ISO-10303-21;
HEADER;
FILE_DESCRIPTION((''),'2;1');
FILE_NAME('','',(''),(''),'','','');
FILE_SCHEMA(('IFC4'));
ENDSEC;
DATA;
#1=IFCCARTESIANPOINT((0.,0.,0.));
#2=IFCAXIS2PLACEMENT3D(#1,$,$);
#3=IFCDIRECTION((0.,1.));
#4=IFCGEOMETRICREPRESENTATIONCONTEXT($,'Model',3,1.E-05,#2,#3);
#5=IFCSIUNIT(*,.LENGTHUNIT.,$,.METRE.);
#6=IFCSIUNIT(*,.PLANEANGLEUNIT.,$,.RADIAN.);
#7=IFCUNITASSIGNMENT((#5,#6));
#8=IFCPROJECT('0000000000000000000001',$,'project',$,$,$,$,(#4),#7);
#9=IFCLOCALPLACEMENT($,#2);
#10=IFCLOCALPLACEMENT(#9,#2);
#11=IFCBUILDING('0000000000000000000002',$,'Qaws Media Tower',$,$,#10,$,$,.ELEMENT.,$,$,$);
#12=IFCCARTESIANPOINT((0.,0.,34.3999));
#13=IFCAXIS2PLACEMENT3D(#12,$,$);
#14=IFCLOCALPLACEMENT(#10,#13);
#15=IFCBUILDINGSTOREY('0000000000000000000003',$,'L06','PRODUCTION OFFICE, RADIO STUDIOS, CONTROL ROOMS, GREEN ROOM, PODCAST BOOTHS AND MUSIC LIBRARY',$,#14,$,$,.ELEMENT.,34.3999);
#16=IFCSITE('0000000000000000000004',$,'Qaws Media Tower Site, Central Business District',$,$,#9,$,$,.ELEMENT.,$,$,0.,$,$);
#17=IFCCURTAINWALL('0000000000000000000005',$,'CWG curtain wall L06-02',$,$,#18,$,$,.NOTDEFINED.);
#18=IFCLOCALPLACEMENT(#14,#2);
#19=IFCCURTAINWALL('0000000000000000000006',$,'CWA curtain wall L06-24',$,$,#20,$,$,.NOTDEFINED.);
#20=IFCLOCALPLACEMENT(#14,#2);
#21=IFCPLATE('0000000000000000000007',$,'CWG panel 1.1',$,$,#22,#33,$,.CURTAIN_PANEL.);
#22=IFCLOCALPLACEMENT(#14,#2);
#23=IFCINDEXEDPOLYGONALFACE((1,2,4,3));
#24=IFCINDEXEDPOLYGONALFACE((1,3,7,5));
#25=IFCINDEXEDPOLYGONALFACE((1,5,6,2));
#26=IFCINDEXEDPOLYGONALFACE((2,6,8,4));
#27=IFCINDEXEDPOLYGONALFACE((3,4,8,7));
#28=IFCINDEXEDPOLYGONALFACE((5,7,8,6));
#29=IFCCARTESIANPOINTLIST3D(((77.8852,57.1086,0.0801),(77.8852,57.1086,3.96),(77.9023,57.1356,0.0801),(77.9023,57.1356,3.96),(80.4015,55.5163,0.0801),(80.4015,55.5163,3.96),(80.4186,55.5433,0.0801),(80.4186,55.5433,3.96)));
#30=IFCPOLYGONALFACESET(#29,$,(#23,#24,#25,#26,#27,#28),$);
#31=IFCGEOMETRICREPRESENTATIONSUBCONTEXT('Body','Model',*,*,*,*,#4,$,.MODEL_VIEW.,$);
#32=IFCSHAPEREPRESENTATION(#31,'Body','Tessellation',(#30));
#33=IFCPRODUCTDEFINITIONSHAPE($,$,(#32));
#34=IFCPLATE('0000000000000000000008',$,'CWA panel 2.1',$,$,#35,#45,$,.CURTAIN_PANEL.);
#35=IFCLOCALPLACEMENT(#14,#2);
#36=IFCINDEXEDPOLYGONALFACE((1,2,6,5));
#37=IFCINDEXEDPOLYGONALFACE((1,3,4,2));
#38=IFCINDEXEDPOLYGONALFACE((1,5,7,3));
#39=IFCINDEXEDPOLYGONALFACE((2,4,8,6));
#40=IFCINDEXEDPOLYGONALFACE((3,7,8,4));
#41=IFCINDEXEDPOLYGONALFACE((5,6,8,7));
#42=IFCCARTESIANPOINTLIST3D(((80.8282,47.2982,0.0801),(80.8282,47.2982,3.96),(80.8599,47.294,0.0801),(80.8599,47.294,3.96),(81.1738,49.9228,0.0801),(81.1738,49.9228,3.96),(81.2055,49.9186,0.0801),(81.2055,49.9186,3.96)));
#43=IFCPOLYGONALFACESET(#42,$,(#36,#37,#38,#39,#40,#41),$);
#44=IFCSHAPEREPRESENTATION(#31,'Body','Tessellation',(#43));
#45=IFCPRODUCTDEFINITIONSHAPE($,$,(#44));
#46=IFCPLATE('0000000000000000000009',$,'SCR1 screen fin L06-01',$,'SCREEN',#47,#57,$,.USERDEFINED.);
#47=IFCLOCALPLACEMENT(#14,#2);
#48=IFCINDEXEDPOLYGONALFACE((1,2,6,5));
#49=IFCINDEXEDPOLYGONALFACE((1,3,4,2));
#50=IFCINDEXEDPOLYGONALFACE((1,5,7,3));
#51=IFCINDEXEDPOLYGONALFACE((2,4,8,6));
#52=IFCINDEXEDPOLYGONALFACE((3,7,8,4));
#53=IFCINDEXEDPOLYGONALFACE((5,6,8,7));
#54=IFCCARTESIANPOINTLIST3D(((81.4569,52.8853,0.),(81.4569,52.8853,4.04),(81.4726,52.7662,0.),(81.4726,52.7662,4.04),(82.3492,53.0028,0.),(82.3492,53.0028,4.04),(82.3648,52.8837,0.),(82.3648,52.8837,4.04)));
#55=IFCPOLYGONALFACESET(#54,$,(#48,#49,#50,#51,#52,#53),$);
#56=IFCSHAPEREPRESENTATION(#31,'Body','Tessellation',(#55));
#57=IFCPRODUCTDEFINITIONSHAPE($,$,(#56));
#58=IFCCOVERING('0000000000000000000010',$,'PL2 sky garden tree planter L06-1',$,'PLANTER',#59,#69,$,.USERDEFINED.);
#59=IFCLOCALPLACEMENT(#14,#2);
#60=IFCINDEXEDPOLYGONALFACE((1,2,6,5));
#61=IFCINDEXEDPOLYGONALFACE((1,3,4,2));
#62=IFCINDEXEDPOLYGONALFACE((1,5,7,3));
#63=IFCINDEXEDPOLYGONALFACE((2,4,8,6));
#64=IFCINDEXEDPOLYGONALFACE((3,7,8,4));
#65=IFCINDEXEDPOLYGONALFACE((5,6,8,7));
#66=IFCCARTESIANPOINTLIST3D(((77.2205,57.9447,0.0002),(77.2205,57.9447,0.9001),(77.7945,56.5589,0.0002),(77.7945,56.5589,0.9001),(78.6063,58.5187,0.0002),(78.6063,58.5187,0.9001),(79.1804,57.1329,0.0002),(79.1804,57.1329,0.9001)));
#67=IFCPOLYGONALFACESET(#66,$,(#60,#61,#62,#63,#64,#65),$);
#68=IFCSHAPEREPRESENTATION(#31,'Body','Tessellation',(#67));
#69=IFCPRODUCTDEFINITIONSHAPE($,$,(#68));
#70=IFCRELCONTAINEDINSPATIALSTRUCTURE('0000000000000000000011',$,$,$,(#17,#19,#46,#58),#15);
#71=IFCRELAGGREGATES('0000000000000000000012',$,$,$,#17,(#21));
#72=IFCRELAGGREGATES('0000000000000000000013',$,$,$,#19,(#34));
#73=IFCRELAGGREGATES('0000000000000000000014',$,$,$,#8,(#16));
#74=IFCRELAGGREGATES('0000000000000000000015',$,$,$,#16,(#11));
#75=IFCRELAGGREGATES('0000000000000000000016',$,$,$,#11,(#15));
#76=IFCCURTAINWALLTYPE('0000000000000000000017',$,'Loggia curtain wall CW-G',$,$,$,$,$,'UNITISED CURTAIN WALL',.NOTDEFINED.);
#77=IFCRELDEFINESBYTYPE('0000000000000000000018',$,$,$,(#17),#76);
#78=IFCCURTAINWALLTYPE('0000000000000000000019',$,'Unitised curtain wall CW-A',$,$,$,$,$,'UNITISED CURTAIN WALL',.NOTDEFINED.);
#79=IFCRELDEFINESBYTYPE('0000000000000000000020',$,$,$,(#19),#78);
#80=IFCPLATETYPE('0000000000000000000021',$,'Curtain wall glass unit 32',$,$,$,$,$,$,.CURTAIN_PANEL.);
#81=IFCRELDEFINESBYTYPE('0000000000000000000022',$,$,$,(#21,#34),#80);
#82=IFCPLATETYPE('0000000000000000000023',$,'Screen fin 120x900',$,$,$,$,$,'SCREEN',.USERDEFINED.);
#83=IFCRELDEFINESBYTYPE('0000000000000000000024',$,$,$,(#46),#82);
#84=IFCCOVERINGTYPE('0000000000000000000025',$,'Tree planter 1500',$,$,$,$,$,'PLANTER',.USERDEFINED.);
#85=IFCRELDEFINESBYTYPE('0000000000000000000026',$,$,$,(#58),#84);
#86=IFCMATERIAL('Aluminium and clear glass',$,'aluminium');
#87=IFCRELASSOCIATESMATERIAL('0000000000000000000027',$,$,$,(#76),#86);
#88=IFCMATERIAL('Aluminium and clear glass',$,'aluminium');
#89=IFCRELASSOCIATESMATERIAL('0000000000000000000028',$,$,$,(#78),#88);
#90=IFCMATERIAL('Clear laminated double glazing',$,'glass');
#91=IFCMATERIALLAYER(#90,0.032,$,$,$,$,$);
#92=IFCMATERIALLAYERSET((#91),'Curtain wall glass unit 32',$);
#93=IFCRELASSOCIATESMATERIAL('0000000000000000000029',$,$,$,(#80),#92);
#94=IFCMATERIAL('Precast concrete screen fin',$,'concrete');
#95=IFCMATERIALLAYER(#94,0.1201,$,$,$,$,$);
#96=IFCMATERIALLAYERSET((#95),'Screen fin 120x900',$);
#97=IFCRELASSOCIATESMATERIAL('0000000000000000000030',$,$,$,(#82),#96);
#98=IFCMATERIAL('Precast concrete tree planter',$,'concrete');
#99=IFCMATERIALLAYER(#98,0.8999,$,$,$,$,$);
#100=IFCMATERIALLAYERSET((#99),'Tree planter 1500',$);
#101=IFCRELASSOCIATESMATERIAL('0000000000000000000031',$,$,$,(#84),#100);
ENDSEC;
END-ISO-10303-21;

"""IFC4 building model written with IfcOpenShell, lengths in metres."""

from ifc_helpers import new_model, si_unit, direction, frame, origin, origin_2d, place, context, subcontext, project, spatial, rectangle, extrude, material, layer, layer_set, type_object, element, aggregate, save


model = new_model("IFC4")

# Units and contexts
model_context = context("Model", 3, precision=1e-05, world=origin(), true_north=direction((0.0, 1.0)))
body_context = subcontext(model_context, "Body", "Model", "MODEL_VIEW")
ifc_project = project(units=[si_unit("LENGTHUNIT", "METRE"), si_unit("PLANEANGLEUNIT", "RADIAN")], contexts=[model_context])

# Site, building, storey
site_placement = place(None, origin())
site = spatial("IfcSite", under=ifc_project, at=site_placement, Name="Qaws Media Tower Site, Central Business District", CompositionType="ELEMENT", RefElevation=0.0)
building_placement = place(site_placement, origin())
building = spatial("IfcBuilding", under=site, at=building_placement, Name="Qaws Media Tower", CompositionType="ELEMENT")
storey_placement = place(building_placement, frame((0.0, 0.0, 34.3999)))
storey = spatial("IfcBuildingStorey", under=building, at=storey_placement, Name="L06", Description="PRODUCTION OFFICE, RADIO STUDIOS, CONTROL ROOMS, GREEN ROOM, PODCAST BOOTHS AND MUSIC LIBRARY", CompositionType="ELEMENT", Elevation=34.3999)

# Curtain wall
ifc_material_1 = material(Name="Aluminium and clear glass", Category="aluminium")
curtain_wall_type_1 = type_object("IfcCurtainWallType", Name="Loggia curtain wall CW-G", ElementType="UNITISED CURTAIN WALL", PredefinedType="NOTDEFINED", material=ifc_material_1)
curtain_wall_1_placement = place(storey_placement, origin())
curtain_wall_1 = element("IfcCurtainWall", 1, at=curtain_wall_1_placement, inside=storey, type_object=curtain_wall_type_1, Name="CWG curtain wall L06-02", PredefinedType="NOTDEFINED")

# Curtain wall
ifc_material_2 = material(Name="Aluminium and clear glass", Category="aluminium")
curtain_wall_type_2 = type_object("IfcCurtainWallType", Name="Unitised curtain wall CW-A", ElementType="UNITISED CURTAIN WALL", PredefinedType="NOTDEFINED", material=ifc_material_2)
curtain_wall_2_placement = place(storey_placement, origin())
curtain_wall_2 = element("IfcCurtainWall", 2, at=curtain_wall_2_placement, inside=storey, type_object=curtain_wall_type_2, Name="CWA curtain wall L06-24", PredefinedType="NOTDEFINED")

# Plates
ifc_material_3 = material(Name="Clear laminated double glazing", Category="glass")
ifc_layer_1 = layer(ifc_material_3, 0.032)
ifc_layer_set_1 = layer_set([ifc_layer_1], Name="Curtain wall glass unit 32")
plate_type_1 = type_object("IfcPlateType", Name="Curtain wall glass unit 32", PredefinedType="CURTAIN_PANEL", material=ifc_layer_set_1)
plate_1_placement = place(storey_placement, frame((79.1519, 56.3259, 0.0801), z_axis=(0.0, 0.0, 1.0), x_axis=(-0.845026, 0.534726, 0.0)))
plate_1 = element("IfcPlate", 3, at=plate_1_placement, type_object=plate_type_1, Name="CWG panel 1.1", PredefinedType="CURTAIN_PANEL", context=body_context, shape_type="SweptSolid", body=[
    extrude(rectangle(XDim=2.9778, YDim=0.032, at=origin_2d()), origin(), (0.0, 0.0, 1.0), 3.8799),
])
aggregate(curtain_wall_1, [plate_1])
plate_2_placement = place(storey_placement, frame((81.0168, 48.6084, 0.0801), z_axis=(0.0, 0.0, 1.0), x_axis=(0.130526, 0.991445, 0.0)))
plate_2 = element("IfcPlate", 4, at=plate_2_placement, type_object=plate_type_1, Name="CWA panel 2.1", PredefinedType="CURTAIN_PANEL", context=body_context, shape_type="SweptSolid", body=[
    extrude(rectangle(XDim=2.6472, YDim=0.032, at=origin_2d()), origin(), (0.0, 0.0, 1.0), 3.8799),
])
aggregate(curtain_wall_2, [plate_2])
ifc_material_4 = material(Name="Precast concrete screen fin", Category="concrete")
ifc_layer_2 = layer(ifc_material_4, 0.1201)
ifc_layer_set_2 = layer_set([ifc_layer_2], Name="Screen fin 120x900")
plate_type_2 = type_object("IfcPlateType", Name="Screen fin 120x900", ElementType="SCREEN", PredefinedType="USERDEFINED", material=ifc_layer_set_2)
plate_3_placement = place(storey_placement, frame((81.9109, 52.8845, 0.0), z_axis=(0.0, 0.0, 1.0), x_axis=(0.991445, 0.130526, 0.0)))
element("IfcPlate", 5, at=plate_3_placement, inside=storey, type_object=plate_type_2, Name="SCR1 screen fin L06-01", ObjectType="SCREEN", PredefinedType="USERDEFINED", context=body_context, shape_type="SweptSolid", body=[
    extrude(rectangle(XDim=0.8999, YDim=0.1201, at=origin_2d()), origin(), (0.0, 0.0, 1.0), 4.04),
])

# Covering
ifc_material_5 = material(Name="Precast concrete tree planter", Category="concrete")
ifc_layer_3 = layer(ifc_material_5, 0.8999)
ifc_layer_set_3 = layer_set([ifc_layer_3], Name="Tree planter 1500")
covering_type = type_object("IfcCoveringType", Name="Tree planter 1500", ElementType="PLANTER", PredefinedType="USERDEFINED", material=ifc_layer_set_3)
covering_placement = place(storey_placement, frame((78.2004, 57.5388, 0.0002), z_axis=(0.0, 0.0, 1.0), x_axis=(0.92388, 0.382683, 0.0)))
element("IfcCovering", 6, at=covering_placement, inside=storey, type_object=covering_type, Name="PL2 sky garden tree planter L06-1", ObjectType="PLANTER", PredefinedType="USERDEFINED", context=body_context, shape_type="SweptSolid", body=[
    extrude(rectangle(XDim=1.5, YDim=1.5, at=origin_2d()), origin(), (0.0, 0.0, 1.0), 0.8999),
])

save(model, "model.ifc")
